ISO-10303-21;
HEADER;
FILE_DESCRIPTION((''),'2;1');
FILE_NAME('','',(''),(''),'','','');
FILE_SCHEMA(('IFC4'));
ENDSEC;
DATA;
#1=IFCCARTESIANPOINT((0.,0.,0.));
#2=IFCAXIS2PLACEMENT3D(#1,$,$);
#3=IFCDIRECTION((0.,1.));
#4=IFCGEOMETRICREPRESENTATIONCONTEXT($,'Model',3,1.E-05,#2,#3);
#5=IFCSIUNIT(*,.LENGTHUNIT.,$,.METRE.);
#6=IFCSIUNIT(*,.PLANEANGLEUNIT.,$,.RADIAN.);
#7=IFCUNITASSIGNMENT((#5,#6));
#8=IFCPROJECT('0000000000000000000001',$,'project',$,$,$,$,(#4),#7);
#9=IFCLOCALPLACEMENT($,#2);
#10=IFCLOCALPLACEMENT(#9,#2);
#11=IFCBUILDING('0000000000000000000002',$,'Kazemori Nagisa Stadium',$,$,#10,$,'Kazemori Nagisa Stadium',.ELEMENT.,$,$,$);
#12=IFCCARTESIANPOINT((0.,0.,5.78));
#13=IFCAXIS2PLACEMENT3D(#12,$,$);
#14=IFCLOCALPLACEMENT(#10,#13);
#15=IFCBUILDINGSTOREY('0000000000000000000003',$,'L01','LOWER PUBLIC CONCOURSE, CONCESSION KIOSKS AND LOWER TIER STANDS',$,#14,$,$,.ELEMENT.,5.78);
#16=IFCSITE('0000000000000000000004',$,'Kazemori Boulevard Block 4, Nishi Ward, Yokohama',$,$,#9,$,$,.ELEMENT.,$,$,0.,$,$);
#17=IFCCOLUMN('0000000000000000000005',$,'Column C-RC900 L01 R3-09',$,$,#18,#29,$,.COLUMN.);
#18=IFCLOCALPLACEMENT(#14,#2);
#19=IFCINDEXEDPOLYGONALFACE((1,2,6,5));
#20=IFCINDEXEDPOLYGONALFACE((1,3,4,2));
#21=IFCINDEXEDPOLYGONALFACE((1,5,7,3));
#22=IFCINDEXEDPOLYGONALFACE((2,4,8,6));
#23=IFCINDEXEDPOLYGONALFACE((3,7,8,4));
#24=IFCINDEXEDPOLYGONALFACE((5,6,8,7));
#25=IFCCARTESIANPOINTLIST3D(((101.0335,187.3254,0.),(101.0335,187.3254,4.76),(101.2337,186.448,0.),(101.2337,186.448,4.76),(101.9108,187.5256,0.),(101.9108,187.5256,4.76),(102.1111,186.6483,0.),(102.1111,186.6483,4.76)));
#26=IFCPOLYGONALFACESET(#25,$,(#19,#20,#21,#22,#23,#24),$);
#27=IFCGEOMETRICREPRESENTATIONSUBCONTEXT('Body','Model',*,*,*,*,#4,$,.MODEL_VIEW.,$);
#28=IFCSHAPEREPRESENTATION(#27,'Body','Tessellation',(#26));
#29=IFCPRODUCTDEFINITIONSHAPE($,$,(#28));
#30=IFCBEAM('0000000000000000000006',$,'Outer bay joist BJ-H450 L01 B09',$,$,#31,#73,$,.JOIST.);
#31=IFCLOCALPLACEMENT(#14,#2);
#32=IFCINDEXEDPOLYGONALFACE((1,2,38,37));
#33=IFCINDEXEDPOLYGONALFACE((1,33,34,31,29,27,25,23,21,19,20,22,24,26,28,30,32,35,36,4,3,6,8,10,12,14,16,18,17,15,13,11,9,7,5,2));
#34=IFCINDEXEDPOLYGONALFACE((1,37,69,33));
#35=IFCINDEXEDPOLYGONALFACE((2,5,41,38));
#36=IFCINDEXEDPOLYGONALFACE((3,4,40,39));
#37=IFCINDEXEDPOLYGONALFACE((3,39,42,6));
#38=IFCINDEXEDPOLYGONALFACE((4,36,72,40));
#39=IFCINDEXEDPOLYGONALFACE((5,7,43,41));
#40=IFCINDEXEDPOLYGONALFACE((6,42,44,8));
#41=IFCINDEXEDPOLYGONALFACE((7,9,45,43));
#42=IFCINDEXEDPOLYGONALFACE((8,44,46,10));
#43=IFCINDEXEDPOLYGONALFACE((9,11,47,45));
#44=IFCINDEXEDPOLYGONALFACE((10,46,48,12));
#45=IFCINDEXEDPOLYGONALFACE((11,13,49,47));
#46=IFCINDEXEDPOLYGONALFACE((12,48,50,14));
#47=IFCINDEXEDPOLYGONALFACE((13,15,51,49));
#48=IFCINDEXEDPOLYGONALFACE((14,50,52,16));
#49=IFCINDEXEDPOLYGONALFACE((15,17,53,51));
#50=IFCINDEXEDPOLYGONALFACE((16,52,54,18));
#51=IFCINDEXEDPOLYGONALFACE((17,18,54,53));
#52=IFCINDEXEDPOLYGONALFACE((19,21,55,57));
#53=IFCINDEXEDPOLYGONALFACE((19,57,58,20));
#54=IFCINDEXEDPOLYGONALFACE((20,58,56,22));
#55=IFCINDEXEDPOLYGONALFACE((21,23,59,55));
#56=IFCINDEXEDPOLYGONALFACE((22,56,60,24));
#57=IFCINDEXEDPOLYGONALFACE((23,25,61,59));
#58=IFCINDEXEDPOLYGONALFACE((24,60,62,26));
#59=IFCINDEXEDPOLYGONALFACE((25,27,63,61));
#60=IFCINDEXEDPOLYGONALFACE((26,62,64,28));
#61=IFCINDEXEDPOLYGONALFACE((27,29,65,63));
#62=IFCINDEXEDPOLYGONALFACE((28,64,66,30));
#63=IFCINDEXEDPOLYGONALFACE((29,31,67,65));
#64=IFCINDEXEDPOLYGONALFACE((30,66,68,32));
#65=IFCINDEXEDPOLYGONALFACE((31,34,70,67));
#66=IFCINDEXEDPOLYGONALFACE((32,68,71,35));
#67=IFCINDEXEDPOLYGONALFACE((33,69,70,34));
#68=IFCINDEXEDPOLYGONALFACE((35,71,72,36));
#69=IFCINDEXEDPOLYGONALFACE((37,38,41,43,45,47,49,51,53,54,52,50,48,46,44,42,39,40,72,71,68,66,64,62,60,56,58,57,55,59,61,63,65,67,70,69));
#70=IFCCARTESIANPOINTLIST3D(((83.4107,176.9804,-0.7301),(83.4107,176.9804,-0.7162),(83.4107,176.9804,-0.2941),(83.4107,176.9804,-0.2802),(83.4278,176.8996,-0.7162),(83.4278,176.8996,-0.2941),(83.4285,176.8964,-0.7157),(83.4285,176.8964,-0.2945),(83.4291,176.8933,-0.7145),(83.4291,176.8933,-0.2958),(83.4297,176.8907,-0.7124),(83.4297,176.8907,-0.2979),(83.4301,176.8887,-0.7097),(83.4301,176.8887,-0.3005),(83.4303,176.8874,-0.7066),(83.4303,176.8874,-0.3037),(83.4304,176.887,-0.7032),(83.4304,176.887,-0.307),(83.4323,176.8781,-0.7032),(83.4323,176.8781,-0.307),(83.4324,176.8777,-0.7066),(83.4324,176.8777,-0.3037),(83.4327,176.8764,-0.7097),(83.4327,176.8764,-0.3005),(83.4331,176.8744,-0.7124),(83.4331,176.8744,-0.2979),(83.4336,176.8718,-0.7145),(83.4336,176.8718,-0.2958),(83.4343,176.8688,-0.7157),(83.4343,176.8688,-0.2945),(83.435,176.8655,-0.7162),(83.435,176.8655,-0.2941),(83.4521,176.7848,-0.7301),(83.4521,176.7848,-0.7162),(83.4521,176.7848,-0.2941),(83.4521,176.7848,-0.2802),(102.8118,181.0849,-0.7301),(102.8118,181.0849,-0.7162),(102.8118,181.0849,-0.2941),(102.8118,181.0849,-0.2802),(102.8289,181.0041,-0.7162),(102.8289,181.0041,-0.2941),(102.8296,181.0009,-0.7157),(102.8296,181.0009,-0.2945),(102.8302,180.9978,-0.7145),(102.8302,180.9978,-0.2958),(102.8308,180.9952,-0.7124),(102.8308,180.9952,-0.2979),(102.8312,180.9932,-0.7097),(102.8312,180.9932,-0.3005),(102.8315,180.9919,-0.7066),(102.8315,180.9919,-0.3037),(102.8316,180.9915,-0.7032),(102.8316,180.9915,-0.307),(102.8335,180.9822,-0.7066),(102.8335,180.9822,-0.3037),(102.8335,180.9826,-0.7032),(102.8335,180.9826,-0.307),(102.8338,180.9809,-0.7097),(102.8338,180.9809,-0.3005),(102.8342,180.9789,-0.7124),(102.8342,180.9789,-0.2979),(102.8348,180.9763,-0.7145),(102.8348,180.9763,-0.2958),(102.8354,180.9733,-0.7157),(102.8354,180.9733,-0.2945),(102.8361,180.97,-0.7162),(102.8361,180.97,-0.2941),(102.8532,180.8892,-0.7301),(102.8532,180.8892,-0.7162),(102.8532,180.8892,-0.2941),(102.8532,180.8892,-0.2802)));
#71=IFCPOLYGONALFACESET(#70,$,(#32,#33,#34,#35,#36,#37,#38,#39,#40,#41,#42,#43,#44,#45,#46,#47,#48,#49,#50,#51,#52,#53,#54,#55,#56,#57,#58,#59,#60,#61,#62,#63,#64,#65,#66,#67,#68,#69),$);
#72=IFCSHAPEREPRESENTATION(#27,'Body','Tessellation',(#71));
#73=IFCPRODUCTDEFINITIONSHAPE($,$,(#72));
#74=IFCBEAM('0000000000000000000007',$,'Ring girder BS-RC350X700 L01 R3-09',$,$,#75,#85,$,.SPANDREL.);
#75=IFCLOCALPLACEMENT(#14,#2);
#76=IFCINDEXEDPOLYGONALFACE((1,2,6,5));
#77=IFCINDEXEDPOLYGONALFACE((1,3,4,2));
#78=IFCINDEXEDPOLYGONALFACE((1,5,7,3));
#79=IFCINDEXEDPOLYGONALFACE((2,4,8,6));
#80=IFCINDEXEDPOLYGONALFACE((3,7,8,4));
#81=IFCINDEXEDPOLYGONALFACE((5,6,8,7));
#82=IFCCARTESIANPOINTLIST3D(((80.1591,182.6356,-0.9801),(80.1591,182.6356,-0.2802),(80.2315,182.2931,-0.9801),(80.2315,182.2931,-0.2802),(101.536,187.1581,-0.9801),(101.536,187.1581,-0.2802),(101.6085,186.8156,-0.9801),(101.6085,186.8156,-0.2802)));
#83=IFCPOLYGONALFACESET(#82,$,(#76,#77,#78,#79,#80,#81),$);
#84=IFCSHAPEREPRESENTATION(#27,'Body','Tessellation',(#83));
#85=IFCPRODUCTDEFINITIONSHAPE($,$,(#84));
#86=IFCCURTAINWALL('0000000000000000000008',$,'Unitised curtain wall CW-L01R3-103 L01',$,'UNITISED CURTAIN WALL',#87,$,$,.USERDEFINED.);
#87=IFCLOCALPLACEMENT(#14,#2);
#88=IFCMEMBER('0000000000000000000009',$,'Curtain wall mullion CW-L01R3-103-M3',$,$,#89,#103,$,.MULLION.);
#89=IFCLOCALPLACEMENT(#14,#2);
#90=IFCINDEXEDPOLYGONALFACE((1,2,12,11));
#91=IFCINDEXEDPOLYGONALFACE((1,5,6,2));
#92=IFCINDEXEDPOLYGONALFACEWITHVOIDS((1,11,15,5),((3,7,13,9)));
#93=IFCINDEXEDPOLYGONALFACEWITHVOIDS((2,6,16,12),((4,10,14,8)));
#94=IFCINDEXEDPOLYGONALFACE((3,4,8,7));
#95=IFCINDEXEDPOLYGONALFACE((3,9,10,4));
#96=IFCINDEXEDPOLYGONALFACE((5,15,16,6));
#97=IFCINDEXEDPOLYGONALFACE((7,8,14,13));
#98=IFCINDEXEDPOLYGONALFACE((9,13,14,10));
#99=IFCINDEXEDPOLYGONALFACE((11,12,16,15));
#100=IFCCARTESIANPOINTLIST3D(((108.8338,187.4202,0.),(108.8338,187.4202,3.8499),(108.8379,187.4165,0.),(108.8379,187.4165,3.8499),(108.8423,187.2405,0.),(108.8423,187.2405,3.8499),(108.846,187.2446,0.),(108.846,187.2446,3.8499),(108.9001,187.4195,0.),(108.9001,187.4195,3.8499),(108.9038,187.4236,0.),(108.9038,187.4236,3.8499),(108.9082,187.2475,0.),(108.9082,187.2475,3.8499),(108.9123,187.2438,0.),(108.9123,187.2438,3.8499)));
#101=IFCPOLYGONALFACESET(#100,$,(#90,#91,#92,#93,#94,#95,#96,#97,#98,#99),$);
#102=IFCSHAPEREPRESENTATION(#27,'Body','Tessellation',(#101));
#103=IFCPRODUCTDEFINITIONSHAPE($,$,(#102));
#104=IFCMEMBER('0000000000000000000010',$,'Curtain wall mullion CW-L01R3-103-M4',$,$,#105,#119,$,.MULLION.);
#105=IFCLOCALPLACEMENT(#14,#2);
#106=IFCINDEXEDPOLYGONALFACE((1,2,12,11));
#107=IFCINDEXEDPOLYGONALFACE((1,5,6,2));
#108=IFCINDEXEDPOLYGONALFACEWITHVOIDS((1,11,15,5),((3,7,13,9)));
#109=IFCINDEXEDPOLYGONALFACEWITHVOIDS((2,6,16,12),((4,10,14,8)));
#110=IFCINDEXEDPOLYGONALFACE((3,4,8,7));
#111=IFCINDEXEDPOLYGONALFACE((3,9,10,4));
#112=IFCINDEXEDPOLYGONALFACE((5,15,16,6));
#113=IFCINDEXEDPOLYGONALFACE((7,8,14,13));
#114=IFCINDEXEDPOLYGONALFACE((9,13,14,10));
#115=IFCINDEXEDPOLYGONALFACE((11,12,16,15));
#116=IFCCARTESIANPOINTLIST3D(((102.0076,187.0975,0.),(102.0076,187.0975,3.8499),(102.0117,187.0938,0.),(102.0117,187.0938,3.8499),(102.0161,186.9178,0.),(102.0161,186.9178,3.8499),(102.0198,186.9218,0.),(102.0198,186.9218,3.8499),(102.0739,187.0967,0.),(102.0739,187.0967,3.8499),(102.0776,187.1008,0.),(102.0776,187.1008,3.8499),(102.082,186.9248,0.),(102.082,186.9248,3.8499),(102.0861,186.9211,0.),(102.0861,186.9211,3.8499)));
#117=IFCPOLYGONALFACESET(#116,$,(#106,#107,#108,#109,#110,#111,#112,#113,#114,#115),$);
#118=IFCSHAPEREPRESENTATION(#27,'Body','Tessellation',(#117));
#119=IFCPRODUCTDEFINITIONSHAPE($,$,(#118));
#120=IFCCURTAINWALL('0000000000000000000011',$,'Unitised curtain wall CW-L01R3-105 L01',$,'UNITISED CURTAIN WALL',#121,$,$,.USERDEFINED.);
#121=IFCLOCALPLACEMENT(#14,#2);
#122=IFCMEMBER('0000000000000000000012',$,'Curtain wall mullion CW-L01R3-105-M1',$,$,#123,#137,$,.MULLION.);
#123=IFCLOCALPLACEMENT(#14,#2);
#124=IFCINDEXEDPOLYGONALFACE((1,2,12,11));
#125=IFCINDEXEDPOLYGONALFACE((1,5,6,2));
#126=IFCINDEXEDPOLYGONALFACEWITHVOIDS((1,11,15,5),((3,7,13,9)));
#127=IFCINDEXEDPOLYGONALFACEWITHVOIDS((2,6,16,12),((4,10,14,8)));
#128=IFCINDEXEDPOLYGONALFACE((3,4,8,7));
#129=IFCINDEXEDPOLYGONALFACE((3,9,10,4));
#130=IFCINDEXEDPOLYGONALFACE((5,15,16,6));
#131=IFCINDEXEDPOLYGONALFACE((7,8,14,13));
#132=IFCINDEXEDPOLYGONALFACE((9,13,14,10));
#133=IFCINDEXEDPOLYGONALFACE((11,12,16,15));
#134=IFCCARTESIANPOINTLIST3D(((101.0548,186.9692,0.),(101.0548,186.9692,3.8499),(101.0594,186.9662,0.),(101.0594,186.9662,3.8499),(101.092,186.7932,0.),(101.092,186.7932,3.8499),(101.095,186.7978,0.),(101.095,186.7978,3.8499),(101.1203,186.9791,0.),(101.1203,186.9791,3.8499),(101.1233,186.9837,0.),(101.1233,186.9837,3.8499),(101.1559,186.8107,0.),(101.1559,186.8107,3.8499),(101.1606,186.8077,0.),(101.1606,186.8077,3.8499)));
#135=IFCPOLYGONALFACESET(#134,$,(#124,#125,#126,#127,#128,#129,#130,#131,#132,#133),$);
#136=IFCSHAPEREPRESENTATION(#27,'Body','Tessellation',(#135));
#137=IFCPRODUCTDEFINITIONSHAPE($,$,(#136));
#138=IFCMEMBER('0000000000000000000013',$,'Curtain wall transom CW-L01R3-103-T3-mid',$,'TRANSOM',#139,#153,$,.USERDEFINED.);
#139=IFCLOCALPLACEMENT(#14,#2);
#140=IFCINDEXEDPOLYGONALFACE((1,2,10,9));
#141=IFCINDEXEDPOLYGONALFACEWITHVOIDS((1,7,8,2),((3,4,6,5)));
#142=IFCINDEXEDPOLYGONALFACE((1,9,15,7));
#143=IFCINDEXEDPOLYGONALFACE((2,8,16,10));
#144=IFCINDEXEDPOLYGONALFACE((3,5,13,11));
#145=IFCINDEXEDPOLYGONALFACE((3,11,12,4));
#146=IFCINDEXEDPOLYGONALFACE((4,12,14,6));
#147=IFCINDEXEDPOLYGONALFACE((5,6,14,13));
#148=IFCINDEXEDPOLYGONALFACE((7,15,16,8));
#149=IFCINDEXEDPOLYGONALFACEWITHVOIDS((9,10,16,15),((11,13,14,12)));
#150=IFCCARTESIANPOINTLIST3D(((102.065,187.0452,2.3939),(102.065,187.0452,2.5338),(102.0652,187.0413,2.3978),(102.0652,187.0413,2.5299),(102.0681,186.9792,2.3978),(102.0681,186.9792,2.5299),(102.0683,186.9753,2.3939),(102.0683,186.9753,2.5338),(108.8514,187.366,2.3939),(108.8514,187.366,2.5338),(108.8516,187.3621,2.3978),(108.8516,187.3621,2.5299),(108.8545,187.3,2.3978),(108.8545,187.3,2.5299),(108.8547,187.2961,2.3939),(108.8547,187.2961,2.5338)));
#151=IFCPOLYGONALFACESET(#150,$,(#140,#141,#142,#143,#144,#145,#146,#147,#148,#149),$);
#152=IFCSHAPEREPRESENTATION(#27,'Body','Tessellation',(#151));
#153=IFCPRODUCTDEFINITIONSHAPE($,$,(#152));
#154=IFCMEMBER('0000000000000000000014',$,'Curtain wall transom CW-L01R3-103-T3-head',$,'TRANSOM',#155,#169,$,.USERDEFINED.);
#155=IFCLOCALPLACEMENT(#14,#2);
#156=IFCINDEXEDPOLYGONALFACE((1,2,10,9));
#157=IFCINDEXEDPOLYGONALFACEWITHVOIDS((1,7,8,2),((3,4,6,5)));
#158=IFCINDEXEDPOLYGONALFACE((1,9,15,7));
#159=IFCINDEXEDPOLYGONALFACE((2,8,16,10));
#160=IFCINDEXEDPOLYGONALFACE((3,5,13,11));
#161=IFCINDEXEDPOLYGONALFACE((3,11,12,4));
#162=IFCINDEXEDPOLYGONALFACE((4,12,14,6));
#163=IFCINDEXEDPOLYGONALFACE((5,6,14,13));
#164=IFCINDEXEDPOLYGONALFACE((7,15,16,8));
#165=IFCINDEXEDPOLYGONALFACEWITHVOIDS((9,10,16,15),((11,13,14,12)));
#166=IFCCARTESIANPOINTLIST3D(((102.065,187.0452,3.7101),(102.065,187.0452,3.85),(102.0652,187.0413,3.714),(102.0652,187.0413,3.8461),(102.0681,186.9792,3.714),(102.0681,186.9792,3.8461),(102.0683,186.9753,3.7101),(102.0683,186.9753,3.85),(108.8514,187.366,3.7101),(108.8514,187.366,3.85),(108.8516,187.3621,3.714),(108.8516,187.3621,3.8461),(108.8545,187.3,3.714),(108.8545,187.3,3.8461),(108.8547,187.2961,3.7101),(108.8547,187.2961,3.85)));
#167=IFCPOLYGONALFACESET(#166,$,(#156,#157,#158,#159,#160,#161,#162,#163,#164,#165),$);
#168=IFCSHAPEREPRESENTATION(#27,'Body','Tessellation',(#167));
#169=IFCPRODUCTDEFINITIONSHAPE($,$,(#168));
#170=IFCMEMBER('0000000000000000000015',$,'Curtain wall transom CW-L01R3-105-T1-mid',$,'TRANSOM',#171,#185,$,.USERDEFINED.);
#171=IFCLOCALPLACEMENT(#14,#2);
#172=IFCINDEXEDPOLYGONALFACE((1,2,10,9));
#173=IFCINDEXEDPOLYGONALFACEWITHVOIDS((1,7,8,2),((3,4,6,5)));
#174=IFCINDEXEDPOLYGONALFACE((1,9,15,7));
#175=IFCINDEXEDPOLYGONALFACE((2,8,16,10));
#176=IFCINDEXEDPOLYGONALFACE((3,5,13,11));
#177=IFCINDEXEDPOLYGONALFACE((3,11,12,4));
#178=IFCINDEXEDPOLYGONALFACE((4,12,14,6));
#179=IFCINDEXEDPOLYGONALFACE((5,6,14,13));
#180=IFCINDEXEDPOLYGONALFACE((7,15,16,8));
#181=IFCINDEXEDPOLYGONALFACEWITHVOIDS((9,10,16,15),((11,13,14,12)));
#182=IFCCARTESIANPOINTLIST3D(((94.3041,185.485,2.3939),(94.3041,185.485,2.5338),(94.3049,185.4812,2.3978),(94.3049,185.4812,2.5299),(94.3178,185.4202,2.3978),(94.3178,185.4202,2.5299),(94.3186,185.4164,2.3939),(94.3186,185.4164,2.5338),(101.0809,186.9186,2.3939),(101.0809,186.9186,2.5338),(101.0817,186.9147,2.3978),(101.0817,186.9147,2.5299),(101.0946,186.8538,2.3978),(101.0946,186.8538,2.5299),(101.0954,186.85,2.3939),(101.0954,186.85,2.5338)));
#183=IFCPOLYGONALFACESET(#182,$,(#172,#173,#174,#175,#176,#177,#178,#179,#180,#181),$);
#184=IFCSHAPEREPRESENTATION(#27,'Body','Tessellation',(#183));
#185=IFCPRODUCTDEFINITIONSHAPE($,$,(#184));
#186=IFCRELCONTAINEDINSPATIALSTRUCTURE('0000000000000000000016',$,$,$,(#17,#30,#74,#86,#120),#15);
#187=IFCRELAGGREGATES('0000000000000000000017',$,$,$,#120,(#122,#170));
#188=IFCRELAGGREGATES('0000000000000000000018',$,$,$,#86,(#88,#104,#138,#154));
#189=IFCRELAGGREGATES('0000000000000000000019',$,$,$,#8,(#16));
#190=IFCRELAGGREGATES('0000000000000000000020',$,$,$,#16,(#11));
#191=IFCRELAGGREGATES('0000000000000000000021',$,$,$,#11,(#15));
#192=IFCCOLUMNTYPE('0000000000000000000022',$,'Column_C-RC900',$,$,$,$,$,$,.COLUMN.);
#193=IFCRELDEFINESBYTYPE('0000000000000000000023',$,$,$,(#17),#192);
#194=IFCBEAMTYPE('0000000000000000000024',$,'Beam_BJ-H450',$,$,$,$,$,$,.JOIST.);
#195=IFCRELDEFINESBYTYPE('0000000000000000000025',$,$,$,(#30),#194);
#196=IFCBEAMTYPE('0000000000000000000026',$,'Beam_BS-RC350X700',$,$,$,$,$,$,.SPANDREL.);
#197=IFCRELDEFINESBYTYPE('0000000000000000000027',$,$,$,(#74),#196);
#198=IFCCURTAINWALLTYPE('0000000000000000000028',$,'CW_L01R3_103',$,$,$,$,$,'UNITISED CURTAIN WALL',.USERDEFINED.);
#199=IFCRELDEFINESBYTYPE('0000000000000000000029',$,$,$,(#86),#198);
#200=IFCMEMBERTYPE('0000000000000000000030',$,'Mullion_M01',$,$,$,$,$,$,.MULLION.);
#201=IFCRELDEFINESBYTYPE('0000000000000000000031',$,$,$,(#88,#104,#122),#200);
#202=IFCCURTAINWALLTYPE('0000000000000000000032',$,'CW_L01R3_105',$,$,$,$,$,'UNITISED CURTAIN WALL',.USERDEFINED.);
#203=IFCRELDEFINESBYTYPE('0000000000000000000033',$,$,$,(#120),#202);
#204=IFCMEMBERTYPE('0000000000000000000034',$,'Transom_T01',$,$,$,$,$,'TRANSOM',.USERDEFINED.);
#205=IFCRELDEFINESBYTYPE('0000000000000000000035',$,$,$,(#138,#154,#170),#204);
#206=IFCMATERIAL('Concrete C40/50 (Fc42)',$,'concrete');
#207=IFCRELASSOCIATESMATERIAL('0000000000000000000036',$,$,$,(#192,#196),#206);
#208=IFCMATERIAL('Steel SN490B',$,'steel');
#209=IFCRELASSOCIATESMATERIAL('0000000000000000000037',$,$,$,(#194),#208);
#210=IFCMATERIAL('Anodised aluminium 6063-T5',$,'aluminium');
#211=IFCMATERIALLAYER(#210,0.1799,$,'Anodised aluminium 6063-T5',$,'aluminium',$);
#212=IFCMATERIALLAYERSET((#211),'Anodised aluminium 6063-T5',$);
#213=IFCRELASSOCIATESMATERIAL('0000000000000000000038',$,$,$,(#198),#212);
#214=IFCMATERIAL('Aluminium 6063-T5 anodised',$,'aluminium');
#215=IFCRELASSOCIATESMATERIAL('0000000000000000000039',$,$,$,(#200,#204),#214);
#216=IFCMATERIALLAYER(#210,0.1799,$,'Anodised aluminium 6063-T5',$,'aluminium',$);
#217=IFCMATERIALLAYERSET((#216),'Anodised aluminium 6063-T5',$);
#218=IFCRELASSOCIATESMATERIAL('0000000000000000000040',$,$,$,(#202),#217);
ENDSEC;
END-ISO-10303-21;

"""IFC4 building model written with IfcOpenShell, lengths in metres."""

from ifc_helpers import new_model, si_unit, direction, frame, origin, origin_2d, place, context, subcontext, project, spatial, rectangle, hollow_rectangle, i_section, extrude, material, layer, layer_set, material_profile, profile_set, type_object, element, aggregate, save


model = new_model("IFC4")

# Units and contexts
model_context = context("Model", 3, precision=1e-05, world=origin(), true_north=direction((0.0, 1.0)))
body_context = subcontext(model_context, "Body", "Model", "MODEL_VIEW")
ifc_project = project(units=[si_unit("LENGTHUNIT", "METRE"), si_unit("PLANEANGLEUNIT", "RADIAN")], contexts=[model_context])

# Site, building, storey
site_placement = place(None, origin())
site = spatial("IfcSite", under=ifc_project, at=site_placement, Name="Kazemori Boulevard Block 4, Nishi Ward, Yokohama", CompositionType="ELEMENT", RefElevation=0.0)
building_placement = place(site_placement, origin())
building = spatial("IfcBuilding", under=site, at=building_placement, Name="Kazemori Nagisa Stadium", LongName="Kazemori Nagisa Stadium", CompositionType="ELEMENT")
storey_placement = place(building_placement, frame((0.0, 0.0, 5.78)))
storey = spatial("IfcBuildingStorey", under=building, at=storey_placement, Name="L01", Description="LOWER PUBLIC CONCOURSE, CONCESSION KIOSKS AND LOWER TIER STANDS", CompositionType="ELEMENT", Elevation=5.78)

# Column
ifc_material_1 = material(Name="Concrete C40/50 (Fc42)", Category="concrete")
ifc_material_profile_1 = material_profile(ifc_material_1, rectangle(XDim=0.8999, YDim=0.8999, at=origin_2d()), Name="RC-COL-900x900")
ifc_profile_set_1 = profile_set([ifc_material_profile_1], Name="Concrete C40/50 (Fc42)")
column_type = type_object("IfcColumnType", Name="Column_C-RC900", PredefinedType="COLUMN", material=ifc_profile_set_1)
column_placement = place(storey_placement, frame((101.5723, 186.9868, 0.0), z_axis=(0.0, 0.0, 1.0), x_axis=(-0.222521, 0.974928, 0.0)))
element("IfcColumn", 1, at=column_placement, inside=storey, type_object=column_type, Name="Column C-RC900 L01 R3-09", PredefinedType="COLUMN", context=body_context, shape_type="SweptSolid", body=[
    extrude(rectangle(XDim=0.8999, YDim=0.8999, at=origin_2d()), origin(), (0.0, 0.0, 1.0), 4.76),
])

# Beams
ifc_material_2 = material(Name="Steel SN490B", Category="steel")
ifc_material_profile_2 = material_profile(ifc_material_2, i_section(OverallWidth=0.2, OverallDepth=0.45, WebThickness=0.009, FlangeThickness=0.0139, FilletRadius=0.0129, at=origin_2d()), Name="H-450x200x9x14")
ifc_profile_set_2 = profile_set([ifc_material_profile_2], Name="Steel SN490B")
beam_type_1 = type_object("IfcBeamType", Name="Beam_BJ-H450", PredefinedType="JOIST", material=ifc_profile_set_2)
beam_1_placement = place(storey_placement, frame((102.8325, 180.9871, -0.5051), z_axis=(-0.978346, -0.206978, 0.0), x_axis=(0.206978, -0.978346, 0.0)))
element("IfcBeam", 2, at=beam_1_placement, inside=storey, type_object=beam_type_1, Name="Outer bay joist BJ-H450 L01 B09", PredefinedType="JOIST", context=body_context, shape_type="SweptSolid", body=[
    extrude(i_section(OverallWidth=0.2, OverallDepth=0.45, WebThickness=0.009, FlangeThickness=0.0139, FilletRadius=0.0129, at=origin_2d()), origin(), (0.0, 0.0, 1.0), 19.8306),
])
ifc_material_profile_3 = material_profile(ifc_material_1, rectangle(XDim=0.3501, YDim=0.7, at=origin_2d()), Name="RC-SP-350x700")
ifc_profile_set_3 = profile_set([ifc_material_profile_3], Name="Concrete C40/50 (Fc42)")
beam_type_2 = type_object("IfcBeamType", Name="Beam_BS-RC350X700", PredefinedType="SPANDREL", material=ifc_profile_set_3)
beam_2_placement = place(storey_placement, frame((101.5723, 186.9868, -0.6301), z_axis=(-0.978346, -0.206977, 0.0), x_axis=(0.206977, -0.978346, 0.0)))
element("IfcBeam", 3, at=beam_2_placement, inside=storey, type_object=beam_type_2, Name="Ring girder BS-RC350X700 L01 R3-09", PredefinedType="SPANDREL", context=body_context, shape_type="SweptSolid", body=[
    extrude(rectangle(XDim=0.3501, YDim=0.7, at=origin_2d()), origin(), (0.0, 0.0, 1.0), 21.8501),
])

# Curtain wall, members
ifc_material_3 = material(Name="Anodised aluminium 6063-T5", Category="aluminium")
ifc_layer_1 = layer(ifc_material_3, 0.1799, Name="Anodised aluminium 6063-T5", Category="aluminium")
ifc_layer_set_1 = layer_set([ifc_layer_1], Name="Anodised aluminium 6063-T5")
curtain_wall_type_1 = type_object("IfcCurtainWallType", Name="CW_L01R3_103", ElementType="UNITISED CURTAIN WALL", PredefinedType="USERDEFINED", material=ifc_layer_set_1)
curtain_wall_1_placement = place(storey_placement, origin())
curtain_wall_1 = element("IfcCurtainWall", 4, at=curtain_wall_1_placement, inside=storey, type_object=curtain_wall_type_1, Name="Unitised curtain wall CW-L01R3-103 L01", ObjectType="UNITISED CURTAIN WALL", PredefinedType="USERDEFINED")
ifc_material_4 = material(Name="Aluminium 6063-T5 anodised", Category="aluminium")
ifc_material_profile_4 = material_profile(ifc_material_4, hollow_rectangle(XDim=0.0701, YDim=0.1799, WallThickness=0.0039, at=origin_2d()), Name="ALU-MULL-70x180x4")
ifc_profile_set_4 = profile_set([ifc_material_profile_4], Name="Aluminium 6063-T5 anodised")
member_type_1 = type_object("IfcMemberType", Name="Mullion_M01", PredefinedType="MULLION", material=ifc_profile_set_4)
member_1_placement = place(storey_placement, frame((108.873, 187.332, 0.0), z_axis=(0.0, 0.0, 1.0), x_axis=(-0.998884, -0.04723, 0.0)))
member_1 = element("IfcMember", 5, at=member_1_placement, type_object=member_type_1, Name="Curtain wall mullion CW-L01R3-103-M3", PredefinedType="MULLION", context=body_context, shape_type="SweptSolid", body=[
    extrude(hollow_rectangle(XDim=0.0701, YDim=0.1799, WallThickness=0.0039, at=origin_2d()), origin(), (0.0, 0.0, 1.0), 3.8499),
])
member_2_placement = place(storey_placement, frame((102.0469, 187.0093, 0.0), z_axis=(0.0, 0.0, 1.0), x_axis=(-0.998884, -0.04723, 0.0)))
member_2 = element("IfcMember", 6, at=member_2_placement, type_object=member_type_1, Name="Curtain wall mullion CW-L01R3-103-M4", PredefinedType="MULLION", context=body_context, shape_type="SweptSolid", body=[
    extrude(hollow_rectangle(XDim=0.0701, YDim=0.1799, WallThickness=0.0039, at=origin_2d()), origin(), (0.0, 0.0, 1.0), 3.8499),
])

# Curtain wall, member
ifc_layer_2 = layer(ifc_material_3, 0.1799, Name="Anodised aluminium 6063-T5", Category="aluminium")
ifc_layer_set_2 = layer_set([ifc_layer_2], Name="Anodised aluminium 6063-T5")
curtain_wall_type_2 = type_object("IfcCurtainWallType", Name="CW_L01R3_105", ElementType="UNITISED CURTAIN WALL", PredefinedType="USERDEFINED", material=ifc_layer_set_2)
curtain_wall_2_placement = place(storey_placement, origin())
curtain_wall_2 = element("IfcCurtainWall", 7, at=curtain_wall_2_placement, inside=storey, type_object=curtain_wall_type_2, Name="Unitised curtain wall CW-L01R3-105 L01", ObjectType="UNITISED CURTAIN WALL", PredefinedType="USERDEFINED")
member_3_placement = place(storey_placement, frame((101.1077, 186.8884, 0.0), z_axis=(0.0, 0.0, 1.0), x_axis=(-0.978345, -0.206981, 0.0)))
member_3 = element("IfcMember", 8, at=member_3_placement, type_object=member_type_1, Name="Curtain wall mullion CW-L01R3-105-M1", PredefinedType="MULLION", context=body_context, shape_type="SweptSolid", body=[
    extrude(hollow_rectangle(XDim=0.0701, YDim=0.1799, WallThickness=0.0039, at=origin_2d()), origin(), (0.0, 0.0, 1.0), 3.8499),
])

# Members
ifc_material_profile_5 = material_profile(ifc_material_4, hollow_rectangle(XDim=0.0701, YDim=0.1399, WallThickness=0.0039, at=origin_2d()), Name="ALU-TRAN-70x140x4")
ifc_profile_set_5 = profile_set([ifc_material_profile_5], Name="Aluminium 6063-T5 anodised")
member_type_2 = type_object("IfcMemberType", Name="Transom_T01", ElementType="TRANSOM", PredefinedType="USERDEFINED", material=ifc_profile_set_5)
member_4_placement = place(storey_placement, frame((108.853, 187.3311, 2.4639), z_axis=(-0.998885, -0.047219, 0.0), x_axis=(0.047219, -0.998885, 0.0)))
member_4 = element("IfcMember", 9, at=member_4_placement, type_object=member_type_2, Name="Curtain wall transom CW-L01R3-103-T3-mid", ObjectType="TRANSOM", PredefinedType="USERDEFINED", context=body_context, shape_type="SweptSolid", body=[
    extrude(hollow_rectangle(XDim=0.0701, YDim=0.1399, WallThickness=0.0039, at=origin_2d()), origin(), (0.0, 0.0, 1.0), 6.7939),
])
member_5_placement = place(storey_placement, frame((108.853, 187.3311, 3.78), z_axis=(-0.998885, -0.047219, 0.0), x_axis=(0.047219, -0.998885, 0.0)))
member_5 = element("IfcMember", 10, at=member_5_placement, type_object=member_type_2, Name="Curtain wall transom CW-L01R3-103-T3-head", ObjectType="TRANSOM", PredefinedType="USERDEFINED", context=body_context, shape_type="SweptSolid", body=[
    extrude(hollow_rectangle(XDim=0.0701, YDim=0.1399, WallThickness=0.0039, at=origin_2d()), origin(), (0.0, 0.0, 1.0), 6.7939),
])
member_6_placement = place(storey_placement, frame((101.0881, 186.8843, 2.4639), z_axis=(-0.978349, -0.206962, 0.0), x_axis=(0.206962, -0.978349, 0.0)))
member_6 = element("IfcMember", 11, at=member_6_placement, type_object=member_type_2, Name="Curtain wall transom CW-L01R3-105-T1-mid", ObjectType="TRANSOM", PredefinedType="USERDEFINED", context=body_context, shape_type="SweptSolid", body=[
    extrude(hollow_rectangle(XDim=0.0701, YDim=0.1399, WallThickness=0.0039, at=origin_2d()), origin(), (0.0, 0.0, 1.0), 6.9268),
])
aggregate(curtain_wall_2, [member_3, member_6])

aggregate(curtain_wall_1, [member_1, member_2, member_4, member_5])

save(model, "model.ifc")
